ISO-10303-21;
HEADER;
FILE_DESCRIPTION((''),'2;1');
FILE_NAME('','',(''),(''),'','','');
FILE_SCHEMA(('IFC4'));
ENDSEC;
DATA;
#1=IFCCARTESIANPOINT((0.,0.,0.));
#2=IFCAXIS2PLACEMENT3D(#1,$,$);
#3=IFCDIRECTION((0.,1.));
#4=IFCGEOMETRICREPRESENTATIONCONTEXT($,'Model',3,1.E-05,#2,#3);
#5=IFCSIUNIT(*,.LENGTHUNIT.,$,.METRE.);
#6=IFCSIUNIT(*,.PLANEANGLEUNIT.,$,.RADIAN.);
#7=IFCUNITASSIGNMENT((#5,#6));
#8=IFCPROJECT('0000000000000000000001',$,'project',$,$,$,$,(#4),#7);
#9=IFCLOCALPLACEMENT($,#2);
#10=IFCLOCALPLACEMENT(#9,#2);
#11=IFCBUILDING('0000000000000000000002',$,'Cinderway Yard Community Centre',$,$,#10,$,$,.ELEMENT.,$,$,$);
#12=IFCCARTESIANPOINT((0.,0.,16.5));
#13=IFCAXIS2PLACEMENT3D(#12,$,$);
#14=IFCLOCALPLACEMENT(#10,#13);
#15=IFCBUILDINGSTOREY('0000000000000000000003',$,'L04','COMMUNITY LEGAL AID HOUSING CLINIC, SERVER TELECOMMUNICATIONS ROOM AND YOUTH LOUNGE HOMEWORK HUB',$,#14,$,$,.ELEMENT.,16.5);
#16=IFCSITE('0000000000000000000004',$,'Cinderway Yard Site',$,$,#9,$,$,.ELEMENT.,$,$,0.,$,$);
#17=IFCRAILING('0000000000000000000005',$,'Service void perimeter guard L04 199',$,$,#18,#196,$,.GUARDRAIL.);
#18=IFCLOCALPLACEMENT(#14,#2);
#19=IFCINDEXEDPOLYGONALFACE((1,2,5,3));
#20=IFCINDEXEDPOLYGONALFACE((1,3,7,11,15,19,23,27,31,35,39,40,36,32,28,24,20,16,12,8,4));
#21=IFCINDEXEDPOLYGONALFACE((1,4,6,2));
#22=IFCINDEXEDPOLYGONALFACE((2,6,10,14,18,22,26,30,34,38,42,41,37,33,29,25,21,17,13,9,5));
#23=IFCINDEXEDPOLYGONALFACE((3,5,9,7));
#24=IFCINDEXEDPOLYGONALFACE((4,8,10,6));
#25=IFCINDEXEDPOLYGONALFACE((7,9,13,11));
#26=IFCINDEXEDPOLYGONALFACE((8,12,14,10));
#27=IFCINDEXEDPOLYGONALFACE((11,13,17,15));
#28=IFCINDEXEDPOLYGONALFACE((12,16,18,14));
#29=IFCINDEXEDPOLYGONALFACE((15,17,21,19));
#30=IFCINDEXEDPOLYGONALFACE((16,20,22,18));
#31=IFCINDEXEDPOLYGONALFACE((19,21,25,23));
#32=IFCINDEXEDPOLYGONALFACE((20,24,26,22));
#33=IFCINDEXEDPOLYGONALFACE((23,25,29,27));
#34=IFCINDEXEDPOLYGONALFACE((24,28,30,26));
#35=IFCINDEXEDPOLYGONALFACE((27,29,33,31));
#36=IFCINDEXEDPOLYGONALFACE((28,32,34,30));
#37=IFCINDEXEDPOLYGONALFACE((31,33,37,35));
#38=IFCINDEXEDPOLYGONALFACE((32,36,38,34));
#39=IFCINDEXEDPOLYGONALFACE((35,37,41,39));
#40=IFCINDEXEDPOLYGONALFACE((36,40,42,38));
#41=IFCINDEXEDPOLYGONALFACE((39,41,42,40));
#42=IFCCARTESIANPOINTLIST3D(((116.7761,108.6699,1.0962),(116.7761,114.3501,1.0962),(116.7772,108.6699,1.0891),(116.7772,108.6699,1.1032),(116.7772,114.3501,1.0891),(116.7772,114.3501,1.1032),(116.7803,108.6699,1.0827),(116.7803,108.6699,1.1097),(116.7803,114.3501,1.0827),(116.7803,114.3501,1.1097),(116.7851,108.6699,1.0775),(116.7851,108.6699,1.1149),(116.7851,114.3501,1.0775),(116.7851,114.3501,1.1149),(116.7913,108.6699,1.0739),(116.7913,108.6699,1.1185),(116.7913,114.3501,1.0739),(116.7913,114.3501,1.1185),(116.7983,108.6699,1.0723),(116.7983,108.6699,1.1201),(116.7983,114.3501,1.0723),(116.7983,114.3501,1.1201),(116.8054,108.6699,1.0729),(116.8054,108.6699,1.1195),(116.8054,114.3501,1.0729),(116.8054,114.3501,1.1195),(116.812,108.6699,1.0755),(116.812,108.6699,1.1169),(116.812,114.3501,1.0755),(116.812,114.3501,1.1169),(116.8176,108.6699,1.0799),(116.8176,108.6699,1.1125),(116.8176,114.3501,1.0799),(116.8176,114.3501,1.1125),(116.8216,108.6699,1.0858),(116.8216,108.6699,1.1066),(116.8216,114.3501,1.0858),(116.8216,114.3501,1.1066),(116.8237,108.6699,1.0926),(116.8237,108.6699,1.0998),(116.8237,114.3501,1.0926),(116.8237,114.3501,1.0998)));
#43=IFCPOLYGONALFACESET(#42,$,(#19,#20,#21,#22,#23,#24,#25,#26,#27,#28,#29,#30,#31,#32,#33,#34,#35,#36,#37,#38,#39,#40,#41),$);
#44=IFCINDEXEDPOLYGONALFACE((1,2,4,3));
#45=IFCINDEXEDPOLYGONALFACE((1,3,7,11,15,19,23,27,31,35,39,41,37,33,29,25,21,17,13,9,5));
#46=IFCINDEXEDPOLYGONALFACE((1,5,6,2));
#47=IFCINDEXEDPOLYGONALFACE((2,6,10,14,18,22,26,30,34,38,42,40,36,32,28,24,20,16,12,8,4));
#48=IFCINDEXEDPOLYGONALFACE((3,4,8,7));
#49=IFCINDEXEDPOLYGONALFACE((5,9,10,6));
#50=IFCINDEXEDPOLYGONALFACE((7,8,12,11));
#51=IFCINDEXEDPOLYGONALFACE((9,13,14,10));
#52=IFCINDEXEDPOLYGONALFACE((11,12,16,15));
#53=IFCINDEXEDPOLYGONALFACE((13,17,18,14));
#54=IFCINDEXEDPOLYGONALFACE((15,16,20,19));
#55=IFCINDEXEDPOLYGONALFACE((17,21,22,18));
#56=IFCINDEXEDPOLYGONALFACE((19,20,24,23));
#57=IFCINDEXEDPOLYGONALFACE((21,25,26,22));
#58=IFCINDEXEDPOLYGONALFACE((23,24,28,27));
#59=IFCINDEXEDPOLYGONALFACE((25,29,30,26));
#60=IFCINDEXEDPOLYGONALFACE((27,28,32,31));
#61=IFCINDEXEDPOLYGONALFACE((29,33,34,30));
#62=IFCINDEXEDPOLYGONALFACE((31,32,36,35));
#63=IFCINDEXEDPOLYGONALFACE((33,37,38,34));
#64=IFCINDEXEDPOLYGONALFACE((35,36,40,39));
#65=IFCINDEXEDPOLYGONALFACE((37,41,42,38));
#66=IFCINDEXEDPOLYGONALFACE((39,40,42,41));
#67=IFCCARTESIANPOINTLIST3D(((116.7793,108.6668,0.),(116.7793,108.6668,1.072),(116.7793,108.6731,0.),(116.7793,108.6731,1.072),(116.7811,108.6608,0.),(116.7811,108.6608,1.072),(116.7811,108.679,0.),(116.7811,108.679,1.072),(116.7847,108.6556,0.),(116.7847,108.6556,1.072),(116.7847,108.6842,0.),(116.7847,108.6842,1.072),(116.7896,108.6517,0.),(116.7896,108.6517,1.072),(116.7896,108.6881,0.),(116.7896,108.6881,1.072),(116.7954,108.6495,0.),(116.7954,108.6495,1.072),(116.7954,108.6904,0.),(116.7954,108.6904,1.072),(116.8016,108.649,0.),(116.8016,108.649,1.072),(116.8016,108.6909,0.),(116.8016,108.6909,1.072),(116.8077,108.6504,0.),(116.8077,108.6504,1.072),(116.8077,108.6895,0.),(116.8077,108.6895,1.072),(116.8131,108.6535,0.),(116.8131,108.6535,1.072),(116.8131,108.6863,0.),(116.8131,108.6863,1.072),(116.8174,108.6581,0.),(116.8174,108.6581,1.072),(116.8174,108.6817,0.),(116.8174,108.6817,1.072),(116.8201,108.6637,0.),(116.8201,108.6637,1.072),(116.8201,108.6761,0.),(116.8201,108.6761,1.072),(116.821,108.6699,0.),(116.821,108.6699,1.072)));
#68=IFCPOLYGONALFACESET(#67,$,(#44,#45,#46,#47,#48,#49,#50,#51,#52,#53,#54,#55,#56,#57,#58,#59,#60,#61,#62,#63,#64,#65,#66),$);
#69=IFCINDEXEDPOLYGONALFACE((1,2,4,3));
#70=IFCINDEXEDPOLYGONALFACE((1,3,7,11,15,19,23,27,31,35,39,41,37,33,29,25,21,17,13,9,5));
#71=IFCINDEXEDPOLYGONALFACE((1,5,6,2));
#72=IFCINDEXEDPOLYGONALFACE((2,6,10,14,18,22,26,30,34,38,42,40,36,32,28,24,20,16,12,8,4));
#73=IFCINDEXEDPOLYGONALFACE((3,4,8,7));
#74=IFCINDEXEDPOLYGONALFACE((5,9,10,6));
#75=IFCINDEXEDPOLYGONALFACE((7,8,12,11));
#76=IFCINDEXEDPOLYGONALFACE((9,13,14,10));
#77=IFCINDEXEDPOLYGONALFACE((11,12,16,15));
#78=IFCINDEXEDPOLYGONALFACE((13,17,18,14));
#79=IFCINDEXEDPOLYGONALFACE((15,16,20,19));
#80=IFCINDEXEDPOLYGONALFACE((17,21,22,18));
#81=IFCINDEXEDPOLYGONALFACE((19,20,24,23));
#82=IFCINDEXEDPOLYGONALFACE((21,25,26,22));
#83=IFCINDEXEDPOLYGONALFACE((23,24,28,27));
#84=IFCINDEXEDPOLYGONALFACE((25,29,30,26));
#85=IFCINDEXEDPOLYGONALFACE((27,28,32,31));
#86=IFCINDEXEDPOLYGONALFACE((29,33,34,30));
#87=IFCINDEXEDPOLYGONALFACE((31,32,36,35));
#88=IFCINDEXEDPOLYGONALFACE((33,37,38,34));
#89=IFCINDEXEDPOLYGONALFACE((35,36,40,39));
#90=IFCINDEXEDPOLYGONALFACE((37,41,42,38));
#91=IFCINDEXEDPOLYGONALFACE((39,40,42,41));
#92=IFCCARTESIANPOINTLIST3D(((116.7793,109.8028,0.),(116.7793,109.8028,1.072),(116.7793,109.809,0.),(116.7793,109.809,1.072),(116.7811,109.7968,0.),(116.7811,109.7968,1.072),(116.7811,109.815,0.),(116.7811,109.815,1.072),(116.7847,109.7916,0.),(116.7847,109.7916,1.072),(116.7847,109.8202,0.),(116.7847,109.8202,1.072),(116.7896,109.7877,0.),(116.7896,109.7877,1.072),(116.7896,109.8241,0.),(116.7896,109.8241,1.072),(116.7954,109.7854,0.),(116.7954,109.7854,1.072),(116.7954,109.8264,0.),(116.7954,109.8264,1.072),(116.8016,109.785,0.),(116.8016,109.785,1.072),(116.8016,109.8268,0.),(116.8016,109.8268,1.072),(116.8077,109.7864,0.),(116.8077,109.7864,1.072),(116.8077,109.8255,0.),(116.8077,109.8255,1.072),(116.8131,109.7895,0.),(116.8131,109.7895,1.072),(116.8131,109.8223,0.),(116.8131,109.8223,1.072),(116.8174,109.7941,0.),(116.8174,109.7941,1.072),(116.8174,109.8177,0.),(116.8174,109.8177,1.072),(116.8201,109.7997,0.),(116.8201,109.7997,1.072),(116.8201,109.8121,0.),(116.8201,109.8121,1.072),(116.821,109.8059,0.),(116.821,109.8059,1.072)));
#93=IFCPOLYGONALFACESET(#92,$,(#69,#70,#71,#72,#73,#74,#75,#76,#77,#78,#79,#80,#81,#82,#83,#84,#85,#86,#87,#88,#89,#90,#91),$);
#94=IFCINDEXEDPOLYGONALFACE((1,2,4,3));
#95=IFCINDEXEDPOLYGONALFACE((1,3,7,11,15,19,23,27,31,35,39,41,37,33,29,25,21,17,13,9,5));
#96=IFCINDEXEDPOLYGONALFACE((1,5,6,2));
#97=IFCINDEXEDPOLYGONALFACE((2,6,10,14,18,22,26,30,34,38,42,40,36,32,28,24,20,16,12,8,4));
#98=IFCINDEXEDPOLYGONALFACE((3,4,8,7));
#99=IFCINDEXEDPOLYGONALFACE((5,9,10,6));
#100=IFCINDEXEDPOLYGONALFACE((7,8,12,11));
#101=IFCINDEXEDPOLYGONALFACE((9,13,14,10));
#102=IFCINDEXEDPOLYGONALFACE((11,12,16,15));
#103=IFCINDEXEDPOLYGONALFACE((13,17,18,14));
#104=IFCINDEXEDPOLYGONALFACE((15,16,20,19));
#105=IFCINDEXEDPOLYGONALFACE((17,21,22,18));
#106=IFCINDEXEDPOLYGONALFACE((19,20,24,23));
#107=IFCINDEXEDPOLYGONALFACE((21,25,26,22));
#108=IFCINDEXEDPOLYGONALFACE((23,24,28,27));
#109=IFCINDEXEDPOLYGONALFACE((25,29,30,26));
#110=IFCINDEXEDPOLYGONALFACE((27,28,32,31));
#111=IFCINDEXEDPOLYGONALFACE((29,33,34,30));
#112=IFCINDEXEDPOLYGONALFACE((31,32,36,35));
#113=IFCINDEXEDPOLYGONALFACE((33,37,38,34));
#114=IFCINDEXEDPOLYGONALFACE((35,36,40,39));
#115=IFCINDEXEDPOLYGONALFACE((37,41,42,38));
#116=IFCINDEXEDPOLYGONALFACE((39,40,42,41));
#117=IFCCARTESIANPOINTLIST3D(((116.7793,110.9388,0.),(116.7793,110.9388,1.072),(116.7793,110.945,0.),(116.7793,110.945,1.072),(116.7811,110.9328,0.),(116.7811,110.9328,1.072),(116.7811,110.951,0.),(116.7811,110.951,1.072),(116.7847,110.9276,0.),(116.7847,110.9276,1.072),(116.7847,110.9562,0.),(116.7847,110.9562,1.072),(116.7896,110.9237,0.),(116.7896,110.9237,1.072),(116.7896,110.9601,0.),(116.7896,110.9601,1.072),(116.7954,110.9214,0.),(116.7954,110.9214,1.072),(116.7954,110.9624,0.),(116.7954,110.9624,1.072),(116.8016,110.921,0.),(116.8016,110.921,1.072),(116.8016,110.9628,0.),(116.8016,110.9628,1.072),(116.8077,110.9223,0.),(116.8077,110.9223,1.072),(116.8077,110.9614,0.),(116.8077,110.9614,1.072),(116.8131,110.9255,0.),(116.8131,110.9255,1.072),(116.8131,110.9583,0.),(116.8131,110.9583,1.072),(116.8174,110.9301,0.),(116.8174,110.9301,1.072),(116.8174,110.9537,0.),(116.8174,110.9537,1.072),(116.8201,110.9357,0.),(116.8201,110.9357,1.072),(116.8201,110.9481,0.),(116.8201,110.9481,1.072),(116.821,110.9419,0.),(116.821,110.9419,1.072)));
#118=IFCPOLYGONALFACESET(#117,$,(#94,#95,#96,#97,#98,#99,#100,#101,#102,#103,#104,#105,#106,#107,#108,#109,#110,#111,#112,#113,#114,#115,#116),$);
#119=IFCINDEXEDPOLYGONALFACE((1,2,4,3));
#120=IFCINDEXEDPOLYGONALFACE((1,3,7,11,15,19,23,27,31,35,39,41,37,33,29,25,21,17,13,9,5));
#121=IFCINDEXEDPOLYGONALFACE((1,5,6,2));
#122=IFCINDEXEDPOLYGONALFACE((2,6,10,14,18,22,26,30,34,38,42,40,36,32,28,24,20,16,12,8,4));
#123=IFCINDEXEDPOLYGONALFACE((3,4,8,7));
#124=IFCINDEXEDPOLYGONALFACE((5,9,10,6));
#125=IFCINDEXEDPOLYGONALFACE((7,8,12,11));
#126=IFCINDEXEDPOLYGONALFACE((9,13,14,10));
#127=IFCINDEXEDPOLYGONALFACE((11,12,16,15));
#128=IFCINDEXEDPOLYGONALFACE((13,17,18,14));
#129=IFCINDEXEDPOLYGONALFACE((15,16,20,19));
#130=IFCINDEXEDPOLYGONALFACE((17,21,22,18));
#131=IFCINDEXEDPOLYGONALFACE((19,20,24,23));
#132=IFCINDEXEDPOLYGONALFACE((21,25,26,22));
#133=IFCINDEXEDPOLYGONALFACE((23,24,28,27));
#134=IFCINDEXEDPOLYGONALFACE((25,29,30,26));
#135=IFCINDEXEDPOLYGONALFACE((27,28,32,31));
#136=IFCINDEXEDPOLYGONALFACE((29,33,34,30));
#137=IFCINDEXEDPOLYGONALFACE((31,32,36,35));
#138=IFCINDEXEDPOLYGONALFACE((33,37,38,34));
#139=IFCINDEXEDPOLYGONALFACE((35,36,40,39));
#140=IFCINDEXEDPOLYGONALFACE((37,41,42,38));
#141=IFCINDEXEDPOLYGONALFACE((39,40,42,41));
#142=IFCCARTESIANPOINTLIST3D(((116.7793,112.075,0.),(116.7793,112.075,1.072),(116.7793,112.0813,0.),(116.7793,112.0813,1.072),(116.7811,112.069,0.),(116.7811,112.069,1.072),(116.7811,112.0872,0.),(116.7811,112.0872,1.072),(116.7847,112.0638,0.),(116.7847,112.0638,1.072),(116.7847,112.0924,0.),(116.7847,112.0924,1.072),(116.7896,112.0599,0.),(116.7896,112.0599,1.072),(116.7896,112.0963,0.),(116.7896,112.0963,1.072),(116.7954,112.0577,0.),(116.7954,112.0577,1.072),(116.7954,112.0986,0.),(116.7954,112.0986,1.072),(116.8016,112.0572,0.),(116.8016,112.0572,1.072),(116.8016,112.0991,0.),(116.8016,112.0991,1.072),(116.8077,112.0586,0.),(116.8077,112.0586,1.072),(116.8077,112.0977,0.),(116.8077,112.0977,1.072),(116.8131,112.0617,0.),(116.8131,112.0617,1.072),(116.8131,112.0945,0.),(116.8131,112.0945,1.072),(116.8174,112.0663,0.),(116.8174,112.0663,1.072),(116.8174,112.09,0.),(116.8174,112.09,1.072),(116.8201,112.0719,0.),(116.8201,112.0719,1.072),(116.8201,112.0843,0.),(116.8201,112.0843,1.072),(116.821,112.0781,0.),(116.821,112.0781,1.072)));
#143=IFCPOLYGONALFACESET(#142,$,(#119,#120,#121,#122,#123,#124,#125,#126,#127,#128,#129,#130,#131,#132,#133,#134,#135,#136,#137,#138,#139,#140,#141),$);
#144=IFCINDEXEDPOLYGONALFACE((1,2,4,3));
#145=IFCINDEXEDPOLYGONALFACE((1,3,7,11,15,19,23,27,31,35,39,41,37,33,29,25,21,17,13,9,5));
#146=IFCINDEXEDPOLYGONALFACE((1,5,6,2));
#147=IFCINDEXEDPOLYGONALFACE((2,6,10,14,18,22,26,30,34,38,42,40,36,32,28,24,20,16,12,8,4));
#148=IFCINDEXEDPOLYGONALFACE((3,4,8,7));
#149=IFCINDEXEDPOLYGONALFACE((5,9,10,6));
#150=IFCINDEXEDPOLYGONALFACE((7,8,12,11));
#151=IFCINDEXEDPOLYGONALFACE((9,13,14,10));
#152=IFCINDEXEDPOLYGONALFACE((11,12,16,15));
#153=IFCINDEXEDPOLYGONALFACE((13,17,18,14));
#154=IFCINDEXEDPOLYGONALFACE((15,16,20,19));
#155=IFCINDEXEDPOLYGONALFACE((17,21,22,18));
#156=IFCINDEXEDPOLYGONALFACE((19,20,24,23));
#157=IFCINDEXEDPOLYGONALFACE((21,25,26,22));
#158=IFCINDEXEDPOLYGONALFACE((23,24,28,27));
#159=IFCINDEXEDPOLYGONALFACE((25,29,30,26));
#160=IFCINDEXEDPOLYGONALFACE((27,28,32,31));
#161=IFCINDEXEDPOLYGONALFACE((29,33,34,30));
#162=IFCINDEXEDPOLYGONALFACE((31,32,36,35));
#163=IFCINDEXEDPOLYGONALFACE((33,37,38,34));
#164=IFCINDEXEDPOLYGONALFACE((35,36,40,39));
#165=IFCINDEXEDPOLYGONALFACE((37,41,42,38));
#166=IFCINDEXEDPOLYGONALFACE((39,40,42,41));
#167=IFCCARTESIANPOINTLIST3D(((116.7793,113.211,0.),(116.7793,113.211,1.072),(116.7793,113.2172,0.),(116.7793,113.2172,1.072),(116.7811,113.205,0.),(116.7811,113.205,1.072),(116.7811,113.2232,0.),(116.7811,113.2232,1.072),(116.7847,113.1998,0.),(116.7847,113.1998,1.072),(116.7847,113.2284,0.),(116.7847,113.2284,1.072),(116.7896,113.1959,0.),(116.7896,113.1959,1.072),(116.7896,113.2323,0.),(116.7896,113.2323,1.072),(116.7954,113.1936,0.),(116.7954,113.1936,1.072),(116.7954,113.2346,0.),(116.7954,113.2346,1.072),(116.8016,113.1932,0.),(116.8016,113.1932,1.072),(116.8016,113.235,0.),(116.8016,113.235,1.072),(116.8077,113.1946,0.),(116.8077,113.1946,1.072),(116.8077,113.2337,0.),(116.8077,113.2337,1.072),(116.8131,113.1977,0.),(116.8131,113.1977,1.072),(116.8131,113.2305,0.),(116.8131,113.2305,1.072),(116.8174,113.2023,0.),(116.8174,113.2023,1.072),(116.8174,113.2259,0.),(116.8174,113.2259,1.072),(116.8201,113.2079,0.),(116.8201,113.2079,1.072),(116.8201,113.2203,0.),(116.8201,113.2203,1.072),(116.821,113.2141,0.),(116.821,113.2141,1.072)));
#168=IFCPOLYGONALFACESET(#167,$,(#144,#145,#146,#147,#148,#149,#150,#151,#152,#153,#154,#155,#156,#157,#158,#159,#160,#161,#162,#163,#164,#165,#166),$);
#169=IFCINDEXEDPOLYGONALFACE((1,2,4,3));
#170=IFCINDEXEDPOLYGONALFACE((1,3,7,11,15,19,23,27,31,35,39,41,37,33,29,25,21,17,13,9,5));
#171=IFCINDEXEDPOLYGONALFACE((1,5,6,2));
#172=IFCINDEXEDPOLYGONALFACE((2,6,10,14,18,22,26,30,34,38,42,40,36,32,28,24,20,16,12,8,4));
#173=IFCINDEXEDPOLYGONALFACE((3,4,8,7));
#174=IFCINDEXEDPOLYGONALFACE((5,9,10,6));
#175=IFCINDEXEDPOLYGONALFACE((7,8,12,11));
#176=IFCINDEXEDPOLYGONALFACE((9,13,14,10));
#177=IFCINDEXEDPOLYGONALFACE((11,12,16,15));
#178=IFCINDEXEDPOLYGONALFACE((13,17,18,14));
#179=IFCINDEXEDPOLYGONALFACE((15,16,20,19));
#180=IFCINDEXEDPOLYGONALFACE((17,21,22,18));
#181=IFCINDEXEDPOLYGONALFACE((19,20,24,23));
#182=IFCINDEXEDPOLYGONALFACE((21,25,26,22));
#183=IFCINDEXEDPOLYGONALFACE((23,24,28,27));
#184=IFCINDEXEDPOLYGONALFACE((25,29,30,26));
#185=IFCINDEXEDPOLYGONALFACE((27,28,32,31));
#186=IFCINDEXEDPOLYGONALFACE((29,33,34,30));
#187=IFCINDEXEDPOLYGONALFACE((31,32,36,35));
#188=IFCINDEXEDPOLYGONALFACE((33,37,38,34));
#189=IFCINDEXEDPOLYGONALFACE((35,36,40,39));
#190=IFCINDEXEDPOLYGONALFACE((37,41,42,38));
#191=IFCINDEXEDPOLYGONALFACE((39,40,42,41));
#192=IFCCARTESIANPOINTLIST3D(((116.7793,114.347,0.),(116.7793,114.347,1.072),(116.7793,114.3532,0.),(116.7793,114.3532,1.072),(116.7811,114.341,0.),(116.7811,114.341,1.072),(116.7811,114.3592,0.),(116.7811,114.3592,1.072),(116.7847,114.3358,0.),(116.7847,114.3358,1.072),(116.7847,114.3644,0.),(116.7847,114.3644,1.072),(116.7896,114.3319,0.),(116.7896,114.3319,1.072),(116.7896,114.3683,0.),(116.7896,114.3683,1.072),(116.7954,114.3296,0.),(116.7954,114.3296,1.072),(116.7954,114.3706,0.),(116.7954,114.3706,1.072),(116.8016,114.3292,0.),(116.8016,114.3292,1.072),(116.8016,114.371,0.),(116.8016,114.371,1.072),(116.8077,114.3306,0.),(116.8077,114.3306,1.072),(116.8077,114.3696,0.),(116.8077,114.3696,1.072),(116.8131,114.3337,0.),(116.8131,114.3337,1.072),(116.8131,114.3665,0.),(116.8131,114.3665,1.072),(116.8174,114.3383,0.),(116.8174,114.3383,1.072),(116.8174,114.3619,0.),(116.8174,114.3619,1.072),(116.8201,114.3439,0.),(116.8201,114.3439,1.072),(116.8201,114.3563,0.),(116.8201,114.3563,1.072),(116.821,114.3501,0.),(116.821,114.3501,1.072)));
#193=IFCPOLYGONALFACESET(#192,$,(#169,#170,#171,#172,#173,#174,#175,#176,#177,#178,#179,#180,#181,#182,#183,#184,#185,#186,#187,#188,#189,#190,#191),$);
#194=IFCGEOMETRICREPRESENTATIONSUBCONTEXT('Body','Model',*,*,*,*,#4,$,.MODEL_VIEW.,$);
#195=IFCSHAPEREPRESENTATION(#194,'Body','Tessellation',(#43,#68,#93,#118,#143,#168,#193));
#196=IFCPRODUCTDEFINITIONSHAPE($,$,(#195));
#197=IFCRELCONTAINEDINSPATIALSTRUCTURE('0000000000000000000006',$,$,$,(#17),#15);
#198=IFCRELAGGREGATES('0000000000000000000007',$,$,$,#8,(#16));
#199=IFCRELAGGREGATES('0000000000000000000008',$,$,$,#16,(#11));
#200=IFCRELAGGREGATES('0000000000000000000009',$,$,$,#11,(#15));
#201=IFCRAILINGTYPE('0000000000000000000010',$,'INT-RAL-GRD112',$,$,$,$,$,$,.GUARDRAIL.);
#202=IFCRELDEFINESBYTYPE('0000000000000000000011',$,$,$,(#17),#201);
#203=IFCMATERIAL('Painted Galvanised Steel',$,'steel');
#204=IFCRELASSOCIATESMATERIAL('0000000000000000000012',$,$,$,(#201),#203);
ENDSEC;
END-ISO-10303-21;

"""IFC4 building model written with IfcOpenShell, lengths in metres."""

from ifc_helpers import new_model, si_unit, direction, frame, origin, origin_2d, place, context, subcontext, project, spatial, circle, extrude, material, type_object, element, save


model = new_model("IFC4")

# Units and contexts
model_context = context("Model", 3, precision=1e-05, world=origin(), true_north=direction((0.0, 1.0)))
body_context = subcontext(model_context, "Body", "Model", "MODEL_VIEW")
ifc_project = project(units=[si_unit("LENGTHUNIT", "METRE"), si_unit("PLANEANGLEUNIT", "RADIAN")], contexts=[model_context])

# Site, building, storey
site_placement = place(None, origin())
site = spatial("IfcSite", under=ifc_project, at=site_placement, Name="Cinderway Yard Site", CompositionType="ELEMENT", RefElevation=0.0)
building_placement = place(site_placement, origin())
building = spatial("IfcBuilding", under=site, at=building_placement, Name="Cinderway Yard Community Centre", CompositionType="ELEMENT")
storey_placement = place(building_placement, frame((0.0, 0.0, 16.5)))
storey = spatial("IfcBuildingStorey", under=building, at=storey_placement, Name="L04", Description="COMMUNITY LEGAL AID HOUSING CLINIC, SERVER TELECOMMUNICATIONS ROOM AND YOUTH LOUNGE HOMEWORK HUB", CompositionType="ELEMENT", Elevation=16.5)

# Shared definitions
ifc_material_1 = material(Name="Painted Galvanised Steel", Category="steel")

# Railing
railing_type_1 = type_object("IfcRailingType", Name="INT-RAL-GRD112", PredefinedType="GUARDRAIL", material=ifc_material_1)
railing_1_placement = place(storey_placement, frame((116.8, 108.6699, 0.0)))
element("IfcRailing", 1, at=railing_1_placement, inside=storey, type_object=railing_type_1, Name="Service void perimeter guard L04 199", PredefinedType="GUARDRAIL", context=body_context, shape_type="SweptSolid", body=[
    extrude(circle(Radius=0.0239, at=origin_2d()), frame((0.0, 0.0, 1.0962), z_axis=(0.0, 1.0, 0.0), x_axis=(-1.0, 0.0, 0.0)), (0.0, 0.0, 1.0), 5.6802),
    extrude(circle(Radius=0.021, at=origin_2d()), origin(), (0.0, 0.0, 1.0), 1.072),
    extrude(circle(Radius=0.021, at=origin_2d()), frame((0.0, 1.136, 0.0)), (0.0, 0.0, 1.0), 1.072),
    extrude(circle(Radius=0.021, at=origin_2d()), frame((0.0, 2.272, 0.0)), (0.0, 0.0, 1.0), 1.072),
    extrude(circle(Radius=0.021, at=origin_2d()), frame((0.0, 3.4082, 0.0)), (0.0, 0.0, 1.0), 1.072),
    extrude(circle(Radius=0.021, at=origin_2d()), frame((0.0, 4.5442, 0.0)), (0.0, 0.0, 1.0), 1.072),
    extrude(circle(Radius=0.021, at=origin_2d()), frame((0.0, 5.6802, 0.0)), (0.0, 0.0, 1.0), 1.072),
])

save(model, "model.ifc")
